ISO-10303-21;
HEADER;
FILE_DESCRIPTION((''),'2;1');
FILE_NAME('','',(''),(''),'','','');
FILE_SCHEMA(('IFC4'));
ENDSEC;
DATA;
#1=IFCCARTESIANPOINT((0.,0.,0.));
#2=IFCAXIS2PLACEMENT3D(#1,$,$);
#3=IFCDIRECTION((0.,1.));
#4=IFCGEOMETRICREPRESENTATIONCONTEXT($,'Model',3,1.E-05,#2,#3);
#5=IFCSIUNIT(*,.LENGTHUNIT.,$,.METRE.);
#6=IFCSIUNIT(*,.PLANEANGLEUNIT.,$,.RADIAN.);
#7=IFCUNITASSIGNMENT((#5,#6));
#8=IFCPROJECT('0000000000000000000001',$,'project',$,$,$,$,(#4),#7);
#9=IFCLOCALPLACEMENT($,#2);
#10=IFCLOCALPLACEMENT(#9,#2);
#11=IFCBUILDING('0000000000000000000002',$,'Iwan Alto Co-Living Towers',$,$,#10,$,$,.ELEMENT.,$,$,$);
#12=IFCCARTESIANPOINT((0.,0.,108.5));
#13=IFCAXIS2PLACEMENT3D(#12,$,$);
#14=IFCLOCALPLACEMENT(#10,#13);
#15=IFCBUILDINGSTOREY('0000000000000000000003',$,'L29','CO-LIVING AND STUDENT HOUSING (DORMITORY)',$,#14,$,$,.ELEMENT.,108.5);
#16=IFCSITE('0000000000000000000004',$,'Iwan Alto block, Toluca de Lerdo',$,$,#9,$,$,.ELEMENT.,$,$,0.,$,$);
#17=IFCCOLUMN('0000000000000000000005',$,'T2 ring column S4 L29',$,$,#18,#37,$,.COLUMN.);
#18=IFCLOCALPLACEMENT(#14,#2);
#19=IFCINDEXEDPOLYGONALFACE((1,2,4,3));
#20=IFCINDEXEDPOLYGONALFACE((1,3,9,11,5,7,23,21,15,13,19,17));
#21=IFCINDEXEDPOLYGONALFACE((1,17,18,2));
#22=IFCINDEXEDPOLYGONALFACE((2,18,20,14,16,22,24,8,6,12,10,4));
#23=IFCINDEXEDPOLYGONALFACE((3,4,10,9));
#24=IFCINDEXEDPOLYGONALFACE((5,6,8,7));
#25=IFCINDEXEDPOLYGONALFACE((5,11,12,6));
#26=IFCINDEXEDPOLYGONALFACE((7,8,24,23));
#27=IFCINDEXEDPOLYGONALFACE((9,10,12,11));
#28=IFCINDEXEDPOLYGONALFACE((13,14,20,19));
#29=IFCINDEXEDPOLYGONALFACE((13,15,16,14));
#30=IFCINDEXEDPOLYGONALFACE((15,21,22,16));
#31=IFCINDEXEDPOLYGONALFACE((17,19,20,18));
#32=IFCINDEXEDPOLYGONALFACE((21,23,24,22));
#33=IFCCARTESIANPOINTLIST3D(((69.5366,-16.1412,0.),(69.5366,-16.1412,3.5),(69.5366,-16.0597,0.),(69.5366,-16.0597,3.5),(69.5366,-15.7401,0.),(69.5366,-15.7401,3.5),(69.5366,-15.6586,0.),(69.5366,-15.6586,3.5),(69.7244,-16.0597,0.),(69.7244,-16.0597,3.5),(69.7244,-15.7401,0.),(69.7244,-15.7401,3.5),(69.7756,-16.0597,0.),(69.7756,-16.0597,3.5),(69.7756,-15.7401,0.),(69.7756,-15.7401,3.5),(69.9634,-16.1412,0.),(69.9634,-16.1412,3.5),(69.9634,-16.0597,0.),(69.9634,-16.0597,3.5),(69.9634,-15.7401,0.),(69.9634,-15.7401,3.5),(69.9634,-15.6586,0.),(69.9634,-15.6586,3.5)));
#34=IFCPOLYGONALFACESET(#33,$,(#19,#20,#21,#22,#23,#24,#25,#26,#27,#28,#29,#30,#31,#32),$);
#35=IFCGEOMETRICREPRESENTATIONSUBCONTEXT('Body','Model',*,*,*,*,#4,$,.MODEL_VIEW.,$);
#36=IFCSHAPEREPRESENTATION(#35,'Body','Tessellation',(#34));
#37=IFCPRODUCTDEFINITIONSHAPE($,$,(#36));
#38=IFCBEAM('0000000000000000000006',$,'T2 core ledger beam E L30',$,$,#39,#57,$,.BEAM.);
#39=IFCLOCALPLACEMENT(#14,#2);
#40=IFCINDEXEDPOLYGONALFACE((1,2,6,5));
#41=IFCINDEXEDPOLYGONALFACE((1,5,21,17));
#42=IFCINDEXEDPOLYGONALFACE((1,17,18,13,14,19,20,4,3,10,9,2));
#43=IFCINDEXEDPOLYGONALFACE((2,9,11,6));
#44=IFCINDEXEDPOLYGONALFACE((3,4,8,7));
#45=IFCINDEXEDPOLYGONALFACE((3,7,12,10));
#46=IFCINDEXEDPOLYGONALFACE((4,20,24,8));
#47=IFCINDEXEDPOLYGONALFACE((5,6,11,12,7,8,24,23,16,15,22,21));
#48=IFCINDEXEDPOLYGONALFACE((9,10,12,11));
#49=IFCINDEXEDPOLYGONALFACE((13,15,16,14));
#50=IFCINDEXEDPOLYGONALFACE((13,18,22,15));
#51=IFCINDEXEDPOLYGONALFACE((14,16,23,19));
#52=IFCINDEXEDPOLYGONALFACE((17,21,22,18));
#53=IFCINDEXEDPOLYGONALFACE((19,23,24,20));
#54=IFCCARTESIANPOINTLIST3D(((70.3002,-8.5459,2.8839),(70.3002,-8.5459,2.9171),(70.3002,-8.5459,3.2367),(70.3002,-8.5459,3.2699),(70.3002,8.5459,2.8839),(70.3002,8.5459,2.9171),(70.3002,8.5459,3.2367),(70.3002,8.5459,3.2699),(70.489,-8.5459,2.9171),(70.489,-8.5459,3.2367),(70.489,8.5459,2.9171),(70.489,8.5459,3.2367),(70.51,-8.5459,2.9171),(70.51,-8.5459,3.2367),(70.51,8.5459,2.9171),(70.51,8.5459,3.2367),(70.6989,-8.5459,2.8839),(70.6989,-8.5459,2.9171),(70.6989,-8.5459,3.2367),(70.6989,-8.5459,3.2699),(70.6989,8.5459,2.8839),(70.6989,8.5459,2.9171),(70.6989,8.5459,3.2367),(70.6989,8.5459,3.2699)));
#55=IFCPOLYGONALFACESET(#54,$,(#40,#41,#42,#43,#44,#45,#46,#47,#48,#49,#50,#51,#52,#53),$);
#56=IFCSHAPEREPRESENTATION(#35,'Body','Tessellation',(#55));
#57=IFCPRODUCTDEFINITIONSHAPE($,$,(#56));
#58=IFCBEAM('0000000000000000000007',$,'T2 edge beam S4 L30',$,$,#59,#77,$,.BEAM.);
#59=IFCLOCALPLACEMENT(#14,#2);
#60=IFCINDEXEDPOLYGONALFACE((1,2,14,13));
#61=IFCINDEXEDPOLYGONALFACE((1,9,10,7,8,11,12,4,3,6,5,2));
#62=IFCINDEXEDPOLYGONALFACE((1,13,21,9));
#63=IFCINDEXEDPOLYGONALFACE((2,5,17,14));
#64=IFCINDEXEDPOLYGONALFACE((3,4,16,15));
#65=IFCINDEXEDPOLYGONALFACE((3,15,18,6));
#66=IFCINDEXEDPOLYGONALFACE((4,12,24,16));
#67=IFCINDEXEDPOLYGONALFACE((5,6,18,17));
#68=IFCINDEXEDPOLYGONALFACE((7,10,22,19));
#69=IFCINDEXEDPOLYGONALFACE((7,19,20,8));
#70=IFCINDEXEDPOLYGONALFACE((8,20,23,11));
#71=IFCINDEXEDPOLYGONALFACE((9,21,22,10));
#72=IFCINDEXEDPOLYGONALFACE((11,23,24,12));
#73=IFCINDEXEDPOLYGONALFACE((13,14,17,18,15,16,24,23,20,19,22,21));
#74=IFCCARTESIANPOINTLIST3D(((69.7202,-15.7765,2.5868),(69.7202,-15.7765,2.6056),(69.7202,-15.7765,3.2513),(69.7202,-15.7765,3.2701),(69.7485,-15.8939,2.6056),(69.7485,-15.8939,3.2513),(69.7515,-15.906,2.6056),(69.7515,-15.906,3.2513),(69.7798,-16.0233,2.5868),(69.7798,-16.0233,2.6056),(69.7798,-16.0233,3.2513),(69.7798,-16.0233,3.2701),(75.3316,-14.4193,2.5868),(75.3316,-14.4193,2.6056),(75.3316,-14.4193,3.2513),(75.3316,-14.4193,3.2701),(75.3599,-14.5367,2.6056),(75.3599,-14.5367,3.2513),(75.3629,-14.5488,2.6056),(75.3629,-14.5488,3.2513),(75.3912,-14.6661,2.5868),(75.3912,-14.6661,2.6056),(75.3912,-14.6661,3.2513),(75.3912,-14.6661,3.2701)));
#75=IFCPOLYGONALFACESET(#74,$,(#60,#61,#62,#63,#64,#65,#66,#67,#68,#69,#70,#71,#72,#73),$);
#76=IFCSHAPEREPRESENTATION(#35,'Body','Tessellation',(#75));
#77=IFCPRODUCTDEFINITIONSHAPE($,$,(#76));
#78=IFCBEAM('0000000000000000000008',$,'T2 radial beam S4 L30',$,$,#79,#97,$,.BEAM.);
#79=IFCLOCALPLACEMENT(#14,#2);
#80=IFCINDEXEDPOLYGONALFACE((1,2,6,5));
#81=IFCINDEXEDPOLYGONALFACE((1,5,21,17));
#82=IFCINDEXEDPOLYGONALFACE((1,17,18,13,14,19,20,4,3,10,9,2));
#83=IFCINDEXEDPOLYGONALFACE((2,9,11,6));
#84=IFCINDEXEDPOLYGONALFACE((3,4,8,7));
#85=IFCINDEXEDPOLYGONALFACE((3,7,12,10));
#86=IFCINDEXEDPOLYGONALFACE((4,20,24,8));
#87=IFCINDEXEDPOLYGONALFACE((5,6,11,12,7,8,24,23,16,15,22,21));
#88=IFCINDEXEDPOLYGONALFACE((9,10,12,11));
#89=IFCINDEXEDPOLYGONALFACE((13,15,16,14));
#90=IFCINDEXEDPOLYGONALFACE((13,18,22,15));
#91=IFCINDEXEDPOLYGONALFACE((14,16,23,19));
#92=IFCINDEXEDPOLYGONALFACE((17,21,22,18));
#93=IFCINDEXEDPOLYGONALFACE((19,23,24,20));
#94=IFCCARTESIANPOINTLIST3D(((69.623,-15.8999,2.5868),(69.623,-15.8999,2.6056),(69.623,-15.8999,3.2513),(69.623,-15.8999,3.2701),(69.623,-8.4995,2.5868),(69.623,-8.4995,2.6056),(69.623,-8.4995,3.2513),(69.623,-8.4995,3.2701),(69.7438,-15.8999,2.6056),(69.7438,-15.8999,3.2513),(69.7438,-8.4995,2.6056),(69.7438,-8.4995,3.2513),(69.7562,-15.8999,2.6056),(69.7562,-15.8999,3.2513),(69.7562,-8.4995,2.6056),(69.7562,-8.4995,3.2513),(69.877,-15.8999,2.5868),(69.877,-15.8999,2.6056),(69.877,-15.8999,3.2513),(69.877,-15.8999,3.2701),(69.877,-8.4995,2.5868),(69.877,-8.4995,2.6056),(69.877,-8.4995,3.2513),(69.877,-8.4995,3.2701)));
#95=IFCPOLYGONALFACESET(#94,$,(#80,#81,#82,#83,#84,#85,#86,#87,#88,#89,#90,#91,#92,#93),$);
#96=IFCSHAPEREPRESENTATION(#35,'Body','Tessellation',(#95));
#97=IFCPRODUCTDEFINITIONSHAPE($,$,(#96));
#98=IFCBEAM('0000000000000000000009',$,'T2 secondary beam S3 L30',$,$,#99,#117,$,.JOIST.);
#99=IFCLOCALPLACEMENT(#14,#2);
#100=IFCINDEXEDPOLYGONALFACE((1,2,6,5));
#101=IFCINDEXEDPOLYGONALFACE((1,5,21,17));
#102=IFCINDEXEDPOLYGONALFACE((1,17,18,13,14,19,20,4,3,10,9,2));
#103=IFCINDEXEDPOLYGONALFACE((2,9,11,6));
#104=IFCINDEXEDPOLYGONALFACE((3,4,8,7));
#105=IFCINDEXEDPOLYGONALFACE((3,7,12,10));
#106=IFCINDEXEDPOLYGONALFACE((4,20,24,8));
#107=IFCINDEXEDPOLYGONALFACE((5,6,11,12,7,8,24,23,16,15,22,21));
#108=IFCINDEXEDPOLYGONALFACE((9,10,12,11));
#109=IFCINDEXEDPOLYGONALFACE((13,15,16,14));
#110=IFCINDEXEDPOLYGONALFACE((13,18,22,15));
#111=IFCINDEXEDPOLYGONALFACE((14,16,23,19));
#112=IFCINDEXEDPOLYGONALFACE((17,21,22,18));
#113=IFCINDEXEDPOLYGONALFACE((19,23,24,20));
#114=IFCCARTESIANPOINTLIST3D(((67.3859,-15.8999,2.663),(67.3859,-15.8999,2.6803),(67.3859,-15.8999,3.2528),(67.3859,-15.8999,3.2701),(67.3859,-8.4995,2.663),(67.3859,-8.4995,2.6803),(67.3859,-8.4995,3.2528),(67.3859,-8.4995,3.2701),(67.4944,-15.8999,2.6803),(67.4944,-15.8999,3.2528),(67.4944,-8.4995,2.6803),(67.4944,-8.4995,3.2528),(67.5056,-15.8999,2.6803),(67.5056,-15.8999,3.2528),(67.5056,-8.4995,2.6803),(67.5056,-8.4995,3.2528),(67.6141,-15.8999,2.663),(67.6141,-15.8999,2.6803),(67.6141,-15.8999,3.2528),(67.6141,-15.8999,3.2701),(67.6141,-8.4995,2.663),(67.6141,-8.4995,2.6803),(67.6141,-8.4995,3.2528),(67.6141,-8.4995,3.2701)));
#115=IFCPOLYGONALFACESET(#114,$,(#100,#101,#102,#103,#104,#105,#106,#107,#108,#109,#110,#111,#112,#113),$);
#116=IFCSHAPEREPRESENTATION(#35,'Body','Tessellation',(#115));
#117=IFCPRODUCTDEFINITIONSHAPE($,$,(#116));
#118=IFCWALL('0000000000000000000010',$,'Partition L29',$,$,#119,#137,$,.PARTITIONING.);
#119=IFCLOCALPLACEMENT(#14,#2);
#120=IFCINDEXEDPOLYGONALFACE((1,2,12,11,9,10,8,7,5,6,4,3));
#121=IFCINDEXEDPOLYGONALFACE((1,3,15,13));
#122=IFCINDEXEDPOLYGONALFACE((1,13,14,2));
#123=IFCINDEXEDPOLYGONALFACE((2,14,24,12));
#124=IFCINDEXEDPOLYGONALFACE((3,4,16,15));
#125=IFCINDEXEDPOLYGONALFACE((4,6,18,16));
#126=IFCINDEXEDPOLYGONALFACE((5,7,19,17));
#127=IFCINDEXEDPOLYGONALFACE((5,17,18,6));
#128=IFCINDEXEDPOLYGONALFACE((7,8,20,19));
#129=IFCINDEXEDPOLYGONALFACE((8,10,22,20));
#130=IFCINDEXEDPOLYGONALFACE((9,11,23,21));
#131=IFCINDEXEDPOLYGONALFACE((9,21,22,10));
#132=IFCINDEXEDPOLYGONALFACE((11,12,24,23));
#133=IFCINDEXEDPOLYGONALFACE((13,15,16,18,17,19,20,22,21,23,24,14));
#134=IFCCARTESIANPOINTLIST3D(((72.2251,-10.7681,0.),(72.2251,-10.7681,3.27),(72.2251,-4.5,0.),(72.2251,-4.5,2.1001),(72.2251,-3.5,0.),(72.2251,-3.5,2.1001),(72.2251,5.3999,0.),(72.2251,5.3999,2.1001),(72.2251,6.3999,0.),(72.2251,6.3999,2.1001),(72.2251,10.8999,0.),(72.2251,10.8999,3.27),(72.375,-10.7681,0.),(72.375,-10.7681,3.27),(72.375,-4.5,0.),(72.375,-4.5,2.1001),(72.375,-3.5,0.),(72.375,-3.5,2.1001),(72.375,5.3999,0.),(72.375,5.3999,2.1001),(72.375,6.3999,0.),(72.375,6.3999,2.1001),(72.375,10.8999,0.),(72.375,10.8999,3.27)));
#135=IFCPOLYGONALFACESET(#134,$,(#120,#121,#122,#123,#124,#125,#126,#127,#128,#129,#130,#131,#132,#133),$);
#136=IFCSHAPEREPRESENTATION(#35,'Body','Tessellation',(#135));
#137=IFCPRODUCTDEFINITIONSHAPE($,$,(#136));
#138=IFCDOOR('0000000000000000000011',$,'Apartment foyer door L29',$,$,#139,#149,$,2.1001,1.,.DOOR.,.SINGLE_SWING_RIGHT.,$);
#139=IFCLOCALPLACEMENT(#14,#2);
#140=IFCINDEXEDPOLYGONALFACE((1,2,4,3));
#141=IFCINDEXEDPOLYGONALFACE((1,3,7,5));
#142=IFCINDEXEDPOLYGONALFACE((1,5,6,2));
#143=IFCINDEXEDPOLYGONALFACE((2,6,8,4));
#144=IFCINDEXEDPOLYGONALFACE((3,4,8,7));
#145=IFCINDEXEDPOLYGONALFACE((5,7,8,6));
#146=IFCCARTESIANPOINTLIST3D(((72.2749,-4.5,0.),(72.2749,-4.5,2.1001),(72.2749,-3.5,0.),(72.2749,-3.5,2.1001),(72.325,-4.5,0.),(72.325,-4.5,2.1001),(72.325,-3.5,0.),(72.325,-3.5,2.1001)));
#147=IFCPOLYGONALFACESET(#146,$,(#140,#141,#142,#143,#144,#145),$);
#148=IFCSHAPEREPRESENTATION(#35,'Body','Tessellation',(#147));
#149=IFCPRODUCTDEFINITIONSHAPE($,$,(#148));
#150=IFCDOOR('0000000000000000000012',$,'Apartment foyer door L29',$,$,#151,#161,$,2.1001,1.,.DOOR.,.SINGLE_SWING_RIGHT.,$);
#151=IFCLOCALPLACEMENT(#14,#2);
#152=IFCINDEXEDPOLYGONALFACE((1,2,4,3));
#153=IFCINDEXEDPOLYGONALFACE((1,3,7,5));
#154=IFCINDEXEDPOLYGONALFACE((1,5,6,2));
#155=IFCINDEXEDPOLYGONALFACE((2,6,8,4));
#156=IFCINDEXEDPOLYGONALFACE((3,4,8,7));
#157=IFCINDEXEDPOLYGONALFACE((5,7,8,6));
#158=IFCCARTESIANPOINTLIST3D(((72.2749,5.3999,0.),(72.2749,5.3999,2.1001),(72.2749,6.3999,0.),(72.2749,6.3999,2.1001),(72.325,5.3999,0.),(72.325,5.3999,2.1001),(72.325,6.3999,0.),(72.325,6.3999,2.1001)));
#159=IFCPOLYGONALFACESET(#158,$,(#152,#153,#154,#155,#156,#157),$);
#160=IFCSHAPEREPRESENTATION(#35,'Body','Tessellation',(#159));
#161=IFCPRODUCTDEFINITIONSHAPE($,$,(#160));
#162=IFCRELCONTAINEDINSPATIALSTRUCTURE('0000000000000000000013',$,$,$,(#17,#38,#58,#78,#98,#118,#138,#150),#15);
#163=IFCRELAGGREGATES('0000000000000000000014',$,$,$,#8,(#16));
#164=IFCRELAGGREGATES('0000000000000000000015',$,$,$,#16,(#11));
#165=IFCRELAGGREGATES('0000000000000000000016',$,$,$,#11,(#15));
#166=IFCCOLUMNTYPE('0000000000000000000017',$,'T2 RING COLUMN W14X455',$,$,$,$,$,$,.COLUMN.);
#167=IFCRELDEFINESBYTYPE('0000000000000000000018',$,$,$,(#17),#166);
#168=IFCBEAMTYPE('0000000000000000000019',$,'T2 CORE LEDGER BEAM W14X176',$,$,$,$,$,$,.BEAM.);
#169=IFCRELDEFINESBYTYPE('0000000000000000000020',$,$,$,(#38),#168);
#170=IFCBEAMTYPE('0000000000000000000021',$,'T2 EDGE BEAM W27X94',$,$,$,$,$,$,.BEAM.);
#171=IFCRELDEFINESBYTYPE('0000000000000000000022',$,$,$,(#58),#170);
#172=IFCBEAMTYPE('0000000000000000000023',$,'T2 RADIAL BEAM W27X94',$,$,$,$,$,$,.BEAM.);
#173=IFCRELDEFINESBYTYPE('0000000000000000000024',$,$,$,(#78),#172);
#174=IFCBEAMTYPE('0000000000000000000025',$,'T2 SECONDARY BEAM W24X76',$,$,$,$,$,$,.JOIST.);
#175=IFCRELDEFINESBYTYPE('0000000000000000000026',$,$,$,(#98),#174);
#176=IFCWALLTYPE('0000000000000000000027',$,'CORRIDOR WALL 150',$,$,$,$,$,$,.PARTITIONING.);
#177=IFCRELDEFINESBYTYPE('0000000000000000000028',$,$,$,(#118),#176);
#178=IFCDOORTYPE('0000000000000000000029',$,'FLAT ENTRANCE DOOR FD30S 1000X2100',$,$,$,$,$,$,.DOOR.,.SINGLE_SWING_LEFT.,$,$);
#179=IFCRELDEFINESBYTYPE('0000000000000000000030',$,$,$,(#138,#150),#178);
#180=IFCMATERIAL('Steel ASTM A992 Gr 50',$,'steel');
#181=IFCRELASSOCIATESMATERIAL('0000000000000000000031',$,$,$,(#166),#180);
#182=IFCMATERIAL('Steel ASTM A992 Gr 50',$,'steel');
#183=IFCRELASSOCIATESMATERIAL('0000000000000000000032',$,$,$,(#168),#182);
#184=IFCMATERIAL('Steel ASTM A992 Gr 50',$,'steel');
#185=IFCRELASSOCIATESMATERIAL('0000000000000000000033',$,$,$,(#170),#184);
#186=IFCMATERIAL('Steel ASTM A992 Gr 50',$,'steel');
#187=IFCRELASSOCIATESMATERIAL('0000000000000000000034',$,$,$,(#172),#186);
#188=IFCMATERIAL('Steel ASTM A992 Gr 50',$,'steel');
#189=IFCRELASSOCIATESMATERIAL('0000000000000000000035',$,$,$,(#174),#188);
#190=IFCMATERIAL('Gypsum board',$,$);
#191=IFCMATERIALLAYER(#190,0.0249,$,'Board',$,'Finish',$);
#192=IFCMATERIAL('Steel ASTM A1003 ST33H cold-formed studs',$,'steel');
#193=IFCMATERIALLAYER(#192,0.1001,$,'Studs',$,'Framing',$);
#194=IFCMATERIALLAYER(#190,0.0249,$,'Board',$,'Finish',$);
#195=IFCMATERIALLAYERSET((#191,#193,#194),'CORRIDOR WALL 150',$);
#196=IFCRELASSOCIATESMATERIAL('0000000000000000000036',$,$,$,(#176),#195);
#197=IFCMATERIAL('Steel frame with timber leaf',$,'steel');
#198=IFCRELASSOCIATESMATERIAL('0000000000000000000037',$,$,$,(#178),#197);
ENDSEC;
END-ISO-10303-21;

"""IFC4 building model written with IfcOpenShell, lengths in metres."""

from ifc_helpers import new_model, si_unit, direction, frame, frame_2d, origin, origin_2d, place, context, subcontext, project, spatial, rectangle, i_section, extrude, material, layer, layer_set, material_profile, profile_set, type_object, element, fill, save


model = new_model("IFC4")

# Units and contexts
model_context = context("Model", 3, precision=1e-05, world=origin(), true_north=direction((0.0, 1.0)))
body_context = subcontext(model_context, "Body", "Model", "MODEL_VIEW")
ifc_project = project(units=[si_unit("LENGTHUNIT", "METRE"), si_unit("PLANEANGLEUNIT", "RADIAN")], contexts=[model_context])

# Site, building, storey
site_placement = place(None, origin())
site = spatial("IfcSite", under=ifc_project, at=site_placement, Name="Iwan Alto block, Toluca de Lerdo", CompositionType="ELEMENT", RefElevation=0.0)
building_placement = place(site_placement, origin())
building = spatial("IfcBuilding", under=site, at=building_placement, Name="Iwan Alto Co-Living Towers", CompositionType="ELEMENT")
storey_placement = place(building_placement, frame((0.0, 0.0, 108.5)))
storey = spatial("IfcBuildingStorey", under=building, at=storey_placement, Name="L29", Description="CO-LIVING AND STUDENT HOUSING (DORMITORY)", CompositionType="ELEMENT", Elevation=108.5)

# Column
ifc_material_1 = material(Name="Steel ASTM A992 Gr 50", Category="steel")
ifc_material_profile_1 = material_profile(ifc_material_1, i_section(OverallWidth=0.4268, OverallDepth=0.4827, WebThickness=0.0513, FlangeThickness=0.0815, at=origin_2d()), Name="W14X455")
ifc_profile_set_1 = profile_set([ifc_material_profile_1], Name="Steel ASTM A992 Gr 50")
column_type = type_object("IfcColumnType", Name="T2 RING COLUMN W14X455", PredefinedType="COLUMN", material=ifc_profile_set_1)
column_placement = place(storey_placement, frame((69.75, -15.8999, 0.0), z_axis=(0.0, 0.0, 1.0), x_axis=(1.0, 0.0, 0.0)))
element("IfcColumn", 1, at=column_placement, inside=storey, type_object=column_type, Name="T2 ring column S4 L29", PredefinedType="COLUMN", context=body_context, shape_type="SweptSolid", body=[
    extrude(i_section(OverallWidth=0.4268, OverallDepth=0.4827, WebThickness=0.0513, FlangeThickness=0.0815, at=origin_2d()), origin(), (0.0, 0.0, 1.0), 3.5),
])

# Beams
ifc_material_2 = material(Name="Steel ASTM A992 Gr 50", Category="steel")
ifc_material_profile_2 = material_profile(ifc_material_2, i_section(OverallWidth=0.3987, OverallDepth=0.386, WebThickness=0.021, FlangeThickness=0.0332, at=origin_2d()), Name="W14X176")
ifc_profile_set_2 = profile_set([ifc_material_profile_2], Name="Steel ASTM A992 Gr 50")
beam_type_1 = type_object("IfcBeamType", Name="T2 CORE LEDGER BEAM W14X176", PredefinedType="BEAM", material=ifc_profile_set_2)
beam_1_placement = place(storey_placement, frame((70.4995, -8.5459, 3.0769), z_axis=(0.0, 1.0, 0.0), x_axis=(-1.0, 0.0, 0.0)))
element("IfcBeam", 2, at=beam_1_placement, inside=storey, type_object=beam_type_1, Name="T2 core ledger beam E L30", PredefinedType="BEAM", context=body_context, shape_type="SweptSolid", body=[
    extrude(i_section(OverallWidth=0.3987, OverallDepth=0.386, WebThickness=0.021, FlangeThickness=0.0332, at=origin_2d()), origin(), (0.0, 0.0, 1.0), 17.0918),
])
ifc_material_3 = material(Name="Steel ASTM A992 Gr 50", Category="steel")
ifc_material_profile_3 = material_profile(ifc_material_3, i_section(OverallWidth=0.2539, OverallDepth=0.6833, WebThickness=0.0125, FlangeThickness=0.0188, at=origin_2d()), Name="W27X94")
ifc_profile_set_3 = profile_set([ifc_material_profile_3], Name="Steel ASTM A992 Gr 50")
beam_type_2 = type_object("IfcBeamType", Name="T2 EDGE BEAM W27X94", PredefinedType="BEAM", material=ifc_profile_set_3)
beam_2_placement = place(storey_placement, frame((69.75, -15.8999, 2.9285), z_axis=(0.971975, 0.235086, 0.0), x_axis=(-0.235086, 0.971975, 0.0)))
element("IfcBeam", 3, at=beam_2_placement, inside=storey, type_object=beam_type_2, Name="T2 edge beam S4 L30", PredefinedType="BEAM", context=body_context, shape_type="SweptSolid", body=[
    extrude(i_section(OverallWidth=0.2539, OverallDepth=0.6833, WebThickness=0.0125, FlangeThickness=0.0188, at=origin_2d()), origin(), (0.0, 0.0, 1.0), 5.7732),
])
ifc_material_4 = material(Name="Steel ASTM A992 Gr 50", Category="steel")
ifc_material_profile_4 = material_profile(ifc_material_4, i_section(OverallWidth=0.2539, OverallDepth=0.6833, WebThickness=0.0125, FlangeThickness=0.0188, at=origin_2d()), Name="W27X94")
ifc_profile_set_4 = profile_set([ifc_material_profile_4], Name="Steel ASTM A992 Gr 50")
beam_type_3 = type_object("IfcBeamType", Name="T2 RADIAL BEAM W27X94", PredefinedType="BEAM", material=ifc_profile_set_4)
beam_3_placement = place(storey_placement, frame((69.75, -15.8999, 2.9285), z_axis=(0.0, 1.0, 0.0), x_axis=(-1.0, 0.0, 0.0)))
element("IfcBeam", 4, at=beam_3_placement, inside=storey, type_object=beam_type_3, Name="T2 radial beam S4 L30", PredefinedType="BEAM", context=body_context, shape_type="SweptSolid", body=[
    extrude(i_section(OverallWidth=0.2539, OverallDepth=0.6833, WebThickness=0.0125, FlangeThickness=0.0188, at=origin_2d()), origin(), (0.0, 0.0, 1.0), 7.4004),
])
ifc_material_5 = material(Name="Steel ASTM A992 Gr 50", Category="steel")
ifc_material_profile_5 = material_profile(ifc_material_5, i_section(OverallWidth=0.2283, OverallDepth=0.6072, WebThickness=0.0112, FlangeThickness=0.0173, at=origin_2d()), Name="W24X76")
ifc_profile_set_5 = profile_set([ifc_material_profile_5], Name="Steel ASTM A992 Gr 50")
beam_type_4 = type_object("IfcBeamType", Name="T2 SECONDARY BEAM W24X76", PredefinedType="JOIST", material=ifc_profile_set_5)
beam_4_placement = place(storey_placement, frame((67.5, -15.8999, 2.9666), z_axis=(0.0, 1.0, 0.0), x_axis=(-1.0, 0.0, 0.0)))
element("IfcBeam", 5, at=beam_4_placement, inside=storey, type_object=beam_type_4, Name="T2 secondary beam S3 L30", PredefinedType="JOIST", context=body_context, shape_type="SweptSolid", body=[
    extrude(i_section(OverallWidth=0.2283, OverallDepth=0.6072, WebThickness=0.0112, FlangeThickness=0.0173, at=origin_2d()), origin(), (0.0, 0.0, 1.0), 7.4004),
])

# Wall, openings, doors
ifc_material_6 = material(Name="Gypsum board")
ifc_layer_1 = layer(ifc_material_6, 0.0249, Name="Board", Category="Finish")
ifc_material_7 = material(Name="Steel ASTM A1003 ST33H cold-formed studs", Category="steel")
ifc_layer_2 = layer(ifc_material_7, 0.1001, Name="Studs", Category="Framing")
ifc_layer_3 = layer(ifc_material_6, 0.0249, Name="Board", Category="Finish")
ifc_layer_set_1 = layer_set([ifc_layer_1, ifc_layer_2, ifc_layer_3], Name="CORRIDOR WALL 150")
wall_type_1 = type_object("IfcWallType", Name="CORRIDOR WALL 150", PredefinedType="PARTITIONING", material=ifc_layer_set_1)
wall_1_placement = place(storey_placement, frame((72.3, -10.7681, 0.0), z_axis=(0.0, 0.0, 1.0), x_axis=(0.0, 1.0, 0.0)))
wall_1 = element("IfcWall", 6, at=wall_1_placement, inside=storey, type_object=wall_type_1, Name="Partition L29", PredefinedType="PARTITIONING", context=body_context, shape_type="SweptSolid", body=[
    extrude(rectangle(XDim=21.668, YDim=0.1499, at=frame_2d((10.834, 0.0))), origin(), (0.0, 0.0, 1.0), 3.27),
])
opening_1_placement = place(wall_1_placement, frame((6.2681, 0.0, 0.0)))
opening_1 = element("IfcOpeningElement", 7, at=opening_1_placement, cuts=wall_1, PredefinedType="OPENING", context=body_context, shape_type="SweptSolid", body=[
    extrude(rectangle(XDim=1.0, YDim=2.1001, at=frame_2d((0.5, 1.05))), frame((0.0, 0.085, 0.0), z_axis=(0.0, -1.0, 0.0), x_axis=(1.0, 0.0, 0.0)), (0.0, 0.0, 1.0), 0.1699),
])
opening_2_placement = place(wall_1_placement, frame((16.168, 0.0, 0.0)))
opening_2 = element("IfcOpeningElement", 8, at=opening_2_placement, cuts=wall_1, PredefinedType="OPENING", context=body_context, shape_type="SweptSolid", body=[
    extrude(rectangle(XDim=1.0, YDim=2.1001, at=frame_2d((0.5, 1.05))), frame((0.0, 0.085, 0.0), z_axis=(0.0, -1.0, 0.0), x_axis=(1.0, 0.0, 0.0)), (0.0, 0.0, 1.0), 0.1699),
])
ifc_material_8 = material(Name="Steel frame with timber leaf", Category="steel")
door_type_1 = type_object("IfcDoorType", Name="FLAT ENTRANCE DOOR FD30S 1000X2100", OperationType="SINGLE_SWING_LEFT", PredefinedType="DOOR", material=ifc_material_8)
door_1_placement = place(opening_1_placement, frame((1.0, 0.0, 0.0), z_axis=(0.0, 0.0, 1.0), x_axis=(-1.0, 0.0, 0.0)))
door_1 = element("IfcDoor", 9, at=door_1_placement, inside=storey, type_object=door_type_1, Name="Apartment foyer door L29", OperationType="SINGLE_SWING_RIGHT", OverallHeight=2.1001, OverallWidth=1.0, PredefinedType="DOOR", context=body_context, shape_type="SweptSolid", body=[
    extrude(rectangle(XDim=1.0, YDim=2.1001, at=frame_2d((0.5, 1.05))), frame((0.0, 0.0249, 0.0), z_axis=(0.0, -1.0, 0.0), x_axis=(1.0, 0.0, 0.0)), (0.0, 0.0, 1.0), 0.05),
])
fill(opening_1, door_1)
door_2_placement = place(opening_2_placement, frame((1.0, 0.0, 0.0), z_axis=(0.0, 0.0, 1.0), x_axis=(-1.0, 0.0, 0.0)))
door_2 = element("IfcDoor", 10, at=door_2_placement, inside=storey, type_object=door_type_1, Name="Apartment foyer door L29", OperationType="SINGLE_SWING_RIGHT", OverallHeight=2.1001, OverallWidth=1.0, PredefinedType="DOOR", context=body_context, shape_type="SweptSolid", body=[
    extrude(rectangle(XDim=1.0, YDim=2.1001, at=frame_2d((0.5, 1.05))), frame((0.0, 0.0249, 0.0), z_axis=(0.0, -1.0, 0.0), x_axis=(1.0, 0.0, 0.0)), (0.0, 0.0, 1.0), 0.05),
])
fill(opening_2, door_2)

save(model, "model.ifc")
